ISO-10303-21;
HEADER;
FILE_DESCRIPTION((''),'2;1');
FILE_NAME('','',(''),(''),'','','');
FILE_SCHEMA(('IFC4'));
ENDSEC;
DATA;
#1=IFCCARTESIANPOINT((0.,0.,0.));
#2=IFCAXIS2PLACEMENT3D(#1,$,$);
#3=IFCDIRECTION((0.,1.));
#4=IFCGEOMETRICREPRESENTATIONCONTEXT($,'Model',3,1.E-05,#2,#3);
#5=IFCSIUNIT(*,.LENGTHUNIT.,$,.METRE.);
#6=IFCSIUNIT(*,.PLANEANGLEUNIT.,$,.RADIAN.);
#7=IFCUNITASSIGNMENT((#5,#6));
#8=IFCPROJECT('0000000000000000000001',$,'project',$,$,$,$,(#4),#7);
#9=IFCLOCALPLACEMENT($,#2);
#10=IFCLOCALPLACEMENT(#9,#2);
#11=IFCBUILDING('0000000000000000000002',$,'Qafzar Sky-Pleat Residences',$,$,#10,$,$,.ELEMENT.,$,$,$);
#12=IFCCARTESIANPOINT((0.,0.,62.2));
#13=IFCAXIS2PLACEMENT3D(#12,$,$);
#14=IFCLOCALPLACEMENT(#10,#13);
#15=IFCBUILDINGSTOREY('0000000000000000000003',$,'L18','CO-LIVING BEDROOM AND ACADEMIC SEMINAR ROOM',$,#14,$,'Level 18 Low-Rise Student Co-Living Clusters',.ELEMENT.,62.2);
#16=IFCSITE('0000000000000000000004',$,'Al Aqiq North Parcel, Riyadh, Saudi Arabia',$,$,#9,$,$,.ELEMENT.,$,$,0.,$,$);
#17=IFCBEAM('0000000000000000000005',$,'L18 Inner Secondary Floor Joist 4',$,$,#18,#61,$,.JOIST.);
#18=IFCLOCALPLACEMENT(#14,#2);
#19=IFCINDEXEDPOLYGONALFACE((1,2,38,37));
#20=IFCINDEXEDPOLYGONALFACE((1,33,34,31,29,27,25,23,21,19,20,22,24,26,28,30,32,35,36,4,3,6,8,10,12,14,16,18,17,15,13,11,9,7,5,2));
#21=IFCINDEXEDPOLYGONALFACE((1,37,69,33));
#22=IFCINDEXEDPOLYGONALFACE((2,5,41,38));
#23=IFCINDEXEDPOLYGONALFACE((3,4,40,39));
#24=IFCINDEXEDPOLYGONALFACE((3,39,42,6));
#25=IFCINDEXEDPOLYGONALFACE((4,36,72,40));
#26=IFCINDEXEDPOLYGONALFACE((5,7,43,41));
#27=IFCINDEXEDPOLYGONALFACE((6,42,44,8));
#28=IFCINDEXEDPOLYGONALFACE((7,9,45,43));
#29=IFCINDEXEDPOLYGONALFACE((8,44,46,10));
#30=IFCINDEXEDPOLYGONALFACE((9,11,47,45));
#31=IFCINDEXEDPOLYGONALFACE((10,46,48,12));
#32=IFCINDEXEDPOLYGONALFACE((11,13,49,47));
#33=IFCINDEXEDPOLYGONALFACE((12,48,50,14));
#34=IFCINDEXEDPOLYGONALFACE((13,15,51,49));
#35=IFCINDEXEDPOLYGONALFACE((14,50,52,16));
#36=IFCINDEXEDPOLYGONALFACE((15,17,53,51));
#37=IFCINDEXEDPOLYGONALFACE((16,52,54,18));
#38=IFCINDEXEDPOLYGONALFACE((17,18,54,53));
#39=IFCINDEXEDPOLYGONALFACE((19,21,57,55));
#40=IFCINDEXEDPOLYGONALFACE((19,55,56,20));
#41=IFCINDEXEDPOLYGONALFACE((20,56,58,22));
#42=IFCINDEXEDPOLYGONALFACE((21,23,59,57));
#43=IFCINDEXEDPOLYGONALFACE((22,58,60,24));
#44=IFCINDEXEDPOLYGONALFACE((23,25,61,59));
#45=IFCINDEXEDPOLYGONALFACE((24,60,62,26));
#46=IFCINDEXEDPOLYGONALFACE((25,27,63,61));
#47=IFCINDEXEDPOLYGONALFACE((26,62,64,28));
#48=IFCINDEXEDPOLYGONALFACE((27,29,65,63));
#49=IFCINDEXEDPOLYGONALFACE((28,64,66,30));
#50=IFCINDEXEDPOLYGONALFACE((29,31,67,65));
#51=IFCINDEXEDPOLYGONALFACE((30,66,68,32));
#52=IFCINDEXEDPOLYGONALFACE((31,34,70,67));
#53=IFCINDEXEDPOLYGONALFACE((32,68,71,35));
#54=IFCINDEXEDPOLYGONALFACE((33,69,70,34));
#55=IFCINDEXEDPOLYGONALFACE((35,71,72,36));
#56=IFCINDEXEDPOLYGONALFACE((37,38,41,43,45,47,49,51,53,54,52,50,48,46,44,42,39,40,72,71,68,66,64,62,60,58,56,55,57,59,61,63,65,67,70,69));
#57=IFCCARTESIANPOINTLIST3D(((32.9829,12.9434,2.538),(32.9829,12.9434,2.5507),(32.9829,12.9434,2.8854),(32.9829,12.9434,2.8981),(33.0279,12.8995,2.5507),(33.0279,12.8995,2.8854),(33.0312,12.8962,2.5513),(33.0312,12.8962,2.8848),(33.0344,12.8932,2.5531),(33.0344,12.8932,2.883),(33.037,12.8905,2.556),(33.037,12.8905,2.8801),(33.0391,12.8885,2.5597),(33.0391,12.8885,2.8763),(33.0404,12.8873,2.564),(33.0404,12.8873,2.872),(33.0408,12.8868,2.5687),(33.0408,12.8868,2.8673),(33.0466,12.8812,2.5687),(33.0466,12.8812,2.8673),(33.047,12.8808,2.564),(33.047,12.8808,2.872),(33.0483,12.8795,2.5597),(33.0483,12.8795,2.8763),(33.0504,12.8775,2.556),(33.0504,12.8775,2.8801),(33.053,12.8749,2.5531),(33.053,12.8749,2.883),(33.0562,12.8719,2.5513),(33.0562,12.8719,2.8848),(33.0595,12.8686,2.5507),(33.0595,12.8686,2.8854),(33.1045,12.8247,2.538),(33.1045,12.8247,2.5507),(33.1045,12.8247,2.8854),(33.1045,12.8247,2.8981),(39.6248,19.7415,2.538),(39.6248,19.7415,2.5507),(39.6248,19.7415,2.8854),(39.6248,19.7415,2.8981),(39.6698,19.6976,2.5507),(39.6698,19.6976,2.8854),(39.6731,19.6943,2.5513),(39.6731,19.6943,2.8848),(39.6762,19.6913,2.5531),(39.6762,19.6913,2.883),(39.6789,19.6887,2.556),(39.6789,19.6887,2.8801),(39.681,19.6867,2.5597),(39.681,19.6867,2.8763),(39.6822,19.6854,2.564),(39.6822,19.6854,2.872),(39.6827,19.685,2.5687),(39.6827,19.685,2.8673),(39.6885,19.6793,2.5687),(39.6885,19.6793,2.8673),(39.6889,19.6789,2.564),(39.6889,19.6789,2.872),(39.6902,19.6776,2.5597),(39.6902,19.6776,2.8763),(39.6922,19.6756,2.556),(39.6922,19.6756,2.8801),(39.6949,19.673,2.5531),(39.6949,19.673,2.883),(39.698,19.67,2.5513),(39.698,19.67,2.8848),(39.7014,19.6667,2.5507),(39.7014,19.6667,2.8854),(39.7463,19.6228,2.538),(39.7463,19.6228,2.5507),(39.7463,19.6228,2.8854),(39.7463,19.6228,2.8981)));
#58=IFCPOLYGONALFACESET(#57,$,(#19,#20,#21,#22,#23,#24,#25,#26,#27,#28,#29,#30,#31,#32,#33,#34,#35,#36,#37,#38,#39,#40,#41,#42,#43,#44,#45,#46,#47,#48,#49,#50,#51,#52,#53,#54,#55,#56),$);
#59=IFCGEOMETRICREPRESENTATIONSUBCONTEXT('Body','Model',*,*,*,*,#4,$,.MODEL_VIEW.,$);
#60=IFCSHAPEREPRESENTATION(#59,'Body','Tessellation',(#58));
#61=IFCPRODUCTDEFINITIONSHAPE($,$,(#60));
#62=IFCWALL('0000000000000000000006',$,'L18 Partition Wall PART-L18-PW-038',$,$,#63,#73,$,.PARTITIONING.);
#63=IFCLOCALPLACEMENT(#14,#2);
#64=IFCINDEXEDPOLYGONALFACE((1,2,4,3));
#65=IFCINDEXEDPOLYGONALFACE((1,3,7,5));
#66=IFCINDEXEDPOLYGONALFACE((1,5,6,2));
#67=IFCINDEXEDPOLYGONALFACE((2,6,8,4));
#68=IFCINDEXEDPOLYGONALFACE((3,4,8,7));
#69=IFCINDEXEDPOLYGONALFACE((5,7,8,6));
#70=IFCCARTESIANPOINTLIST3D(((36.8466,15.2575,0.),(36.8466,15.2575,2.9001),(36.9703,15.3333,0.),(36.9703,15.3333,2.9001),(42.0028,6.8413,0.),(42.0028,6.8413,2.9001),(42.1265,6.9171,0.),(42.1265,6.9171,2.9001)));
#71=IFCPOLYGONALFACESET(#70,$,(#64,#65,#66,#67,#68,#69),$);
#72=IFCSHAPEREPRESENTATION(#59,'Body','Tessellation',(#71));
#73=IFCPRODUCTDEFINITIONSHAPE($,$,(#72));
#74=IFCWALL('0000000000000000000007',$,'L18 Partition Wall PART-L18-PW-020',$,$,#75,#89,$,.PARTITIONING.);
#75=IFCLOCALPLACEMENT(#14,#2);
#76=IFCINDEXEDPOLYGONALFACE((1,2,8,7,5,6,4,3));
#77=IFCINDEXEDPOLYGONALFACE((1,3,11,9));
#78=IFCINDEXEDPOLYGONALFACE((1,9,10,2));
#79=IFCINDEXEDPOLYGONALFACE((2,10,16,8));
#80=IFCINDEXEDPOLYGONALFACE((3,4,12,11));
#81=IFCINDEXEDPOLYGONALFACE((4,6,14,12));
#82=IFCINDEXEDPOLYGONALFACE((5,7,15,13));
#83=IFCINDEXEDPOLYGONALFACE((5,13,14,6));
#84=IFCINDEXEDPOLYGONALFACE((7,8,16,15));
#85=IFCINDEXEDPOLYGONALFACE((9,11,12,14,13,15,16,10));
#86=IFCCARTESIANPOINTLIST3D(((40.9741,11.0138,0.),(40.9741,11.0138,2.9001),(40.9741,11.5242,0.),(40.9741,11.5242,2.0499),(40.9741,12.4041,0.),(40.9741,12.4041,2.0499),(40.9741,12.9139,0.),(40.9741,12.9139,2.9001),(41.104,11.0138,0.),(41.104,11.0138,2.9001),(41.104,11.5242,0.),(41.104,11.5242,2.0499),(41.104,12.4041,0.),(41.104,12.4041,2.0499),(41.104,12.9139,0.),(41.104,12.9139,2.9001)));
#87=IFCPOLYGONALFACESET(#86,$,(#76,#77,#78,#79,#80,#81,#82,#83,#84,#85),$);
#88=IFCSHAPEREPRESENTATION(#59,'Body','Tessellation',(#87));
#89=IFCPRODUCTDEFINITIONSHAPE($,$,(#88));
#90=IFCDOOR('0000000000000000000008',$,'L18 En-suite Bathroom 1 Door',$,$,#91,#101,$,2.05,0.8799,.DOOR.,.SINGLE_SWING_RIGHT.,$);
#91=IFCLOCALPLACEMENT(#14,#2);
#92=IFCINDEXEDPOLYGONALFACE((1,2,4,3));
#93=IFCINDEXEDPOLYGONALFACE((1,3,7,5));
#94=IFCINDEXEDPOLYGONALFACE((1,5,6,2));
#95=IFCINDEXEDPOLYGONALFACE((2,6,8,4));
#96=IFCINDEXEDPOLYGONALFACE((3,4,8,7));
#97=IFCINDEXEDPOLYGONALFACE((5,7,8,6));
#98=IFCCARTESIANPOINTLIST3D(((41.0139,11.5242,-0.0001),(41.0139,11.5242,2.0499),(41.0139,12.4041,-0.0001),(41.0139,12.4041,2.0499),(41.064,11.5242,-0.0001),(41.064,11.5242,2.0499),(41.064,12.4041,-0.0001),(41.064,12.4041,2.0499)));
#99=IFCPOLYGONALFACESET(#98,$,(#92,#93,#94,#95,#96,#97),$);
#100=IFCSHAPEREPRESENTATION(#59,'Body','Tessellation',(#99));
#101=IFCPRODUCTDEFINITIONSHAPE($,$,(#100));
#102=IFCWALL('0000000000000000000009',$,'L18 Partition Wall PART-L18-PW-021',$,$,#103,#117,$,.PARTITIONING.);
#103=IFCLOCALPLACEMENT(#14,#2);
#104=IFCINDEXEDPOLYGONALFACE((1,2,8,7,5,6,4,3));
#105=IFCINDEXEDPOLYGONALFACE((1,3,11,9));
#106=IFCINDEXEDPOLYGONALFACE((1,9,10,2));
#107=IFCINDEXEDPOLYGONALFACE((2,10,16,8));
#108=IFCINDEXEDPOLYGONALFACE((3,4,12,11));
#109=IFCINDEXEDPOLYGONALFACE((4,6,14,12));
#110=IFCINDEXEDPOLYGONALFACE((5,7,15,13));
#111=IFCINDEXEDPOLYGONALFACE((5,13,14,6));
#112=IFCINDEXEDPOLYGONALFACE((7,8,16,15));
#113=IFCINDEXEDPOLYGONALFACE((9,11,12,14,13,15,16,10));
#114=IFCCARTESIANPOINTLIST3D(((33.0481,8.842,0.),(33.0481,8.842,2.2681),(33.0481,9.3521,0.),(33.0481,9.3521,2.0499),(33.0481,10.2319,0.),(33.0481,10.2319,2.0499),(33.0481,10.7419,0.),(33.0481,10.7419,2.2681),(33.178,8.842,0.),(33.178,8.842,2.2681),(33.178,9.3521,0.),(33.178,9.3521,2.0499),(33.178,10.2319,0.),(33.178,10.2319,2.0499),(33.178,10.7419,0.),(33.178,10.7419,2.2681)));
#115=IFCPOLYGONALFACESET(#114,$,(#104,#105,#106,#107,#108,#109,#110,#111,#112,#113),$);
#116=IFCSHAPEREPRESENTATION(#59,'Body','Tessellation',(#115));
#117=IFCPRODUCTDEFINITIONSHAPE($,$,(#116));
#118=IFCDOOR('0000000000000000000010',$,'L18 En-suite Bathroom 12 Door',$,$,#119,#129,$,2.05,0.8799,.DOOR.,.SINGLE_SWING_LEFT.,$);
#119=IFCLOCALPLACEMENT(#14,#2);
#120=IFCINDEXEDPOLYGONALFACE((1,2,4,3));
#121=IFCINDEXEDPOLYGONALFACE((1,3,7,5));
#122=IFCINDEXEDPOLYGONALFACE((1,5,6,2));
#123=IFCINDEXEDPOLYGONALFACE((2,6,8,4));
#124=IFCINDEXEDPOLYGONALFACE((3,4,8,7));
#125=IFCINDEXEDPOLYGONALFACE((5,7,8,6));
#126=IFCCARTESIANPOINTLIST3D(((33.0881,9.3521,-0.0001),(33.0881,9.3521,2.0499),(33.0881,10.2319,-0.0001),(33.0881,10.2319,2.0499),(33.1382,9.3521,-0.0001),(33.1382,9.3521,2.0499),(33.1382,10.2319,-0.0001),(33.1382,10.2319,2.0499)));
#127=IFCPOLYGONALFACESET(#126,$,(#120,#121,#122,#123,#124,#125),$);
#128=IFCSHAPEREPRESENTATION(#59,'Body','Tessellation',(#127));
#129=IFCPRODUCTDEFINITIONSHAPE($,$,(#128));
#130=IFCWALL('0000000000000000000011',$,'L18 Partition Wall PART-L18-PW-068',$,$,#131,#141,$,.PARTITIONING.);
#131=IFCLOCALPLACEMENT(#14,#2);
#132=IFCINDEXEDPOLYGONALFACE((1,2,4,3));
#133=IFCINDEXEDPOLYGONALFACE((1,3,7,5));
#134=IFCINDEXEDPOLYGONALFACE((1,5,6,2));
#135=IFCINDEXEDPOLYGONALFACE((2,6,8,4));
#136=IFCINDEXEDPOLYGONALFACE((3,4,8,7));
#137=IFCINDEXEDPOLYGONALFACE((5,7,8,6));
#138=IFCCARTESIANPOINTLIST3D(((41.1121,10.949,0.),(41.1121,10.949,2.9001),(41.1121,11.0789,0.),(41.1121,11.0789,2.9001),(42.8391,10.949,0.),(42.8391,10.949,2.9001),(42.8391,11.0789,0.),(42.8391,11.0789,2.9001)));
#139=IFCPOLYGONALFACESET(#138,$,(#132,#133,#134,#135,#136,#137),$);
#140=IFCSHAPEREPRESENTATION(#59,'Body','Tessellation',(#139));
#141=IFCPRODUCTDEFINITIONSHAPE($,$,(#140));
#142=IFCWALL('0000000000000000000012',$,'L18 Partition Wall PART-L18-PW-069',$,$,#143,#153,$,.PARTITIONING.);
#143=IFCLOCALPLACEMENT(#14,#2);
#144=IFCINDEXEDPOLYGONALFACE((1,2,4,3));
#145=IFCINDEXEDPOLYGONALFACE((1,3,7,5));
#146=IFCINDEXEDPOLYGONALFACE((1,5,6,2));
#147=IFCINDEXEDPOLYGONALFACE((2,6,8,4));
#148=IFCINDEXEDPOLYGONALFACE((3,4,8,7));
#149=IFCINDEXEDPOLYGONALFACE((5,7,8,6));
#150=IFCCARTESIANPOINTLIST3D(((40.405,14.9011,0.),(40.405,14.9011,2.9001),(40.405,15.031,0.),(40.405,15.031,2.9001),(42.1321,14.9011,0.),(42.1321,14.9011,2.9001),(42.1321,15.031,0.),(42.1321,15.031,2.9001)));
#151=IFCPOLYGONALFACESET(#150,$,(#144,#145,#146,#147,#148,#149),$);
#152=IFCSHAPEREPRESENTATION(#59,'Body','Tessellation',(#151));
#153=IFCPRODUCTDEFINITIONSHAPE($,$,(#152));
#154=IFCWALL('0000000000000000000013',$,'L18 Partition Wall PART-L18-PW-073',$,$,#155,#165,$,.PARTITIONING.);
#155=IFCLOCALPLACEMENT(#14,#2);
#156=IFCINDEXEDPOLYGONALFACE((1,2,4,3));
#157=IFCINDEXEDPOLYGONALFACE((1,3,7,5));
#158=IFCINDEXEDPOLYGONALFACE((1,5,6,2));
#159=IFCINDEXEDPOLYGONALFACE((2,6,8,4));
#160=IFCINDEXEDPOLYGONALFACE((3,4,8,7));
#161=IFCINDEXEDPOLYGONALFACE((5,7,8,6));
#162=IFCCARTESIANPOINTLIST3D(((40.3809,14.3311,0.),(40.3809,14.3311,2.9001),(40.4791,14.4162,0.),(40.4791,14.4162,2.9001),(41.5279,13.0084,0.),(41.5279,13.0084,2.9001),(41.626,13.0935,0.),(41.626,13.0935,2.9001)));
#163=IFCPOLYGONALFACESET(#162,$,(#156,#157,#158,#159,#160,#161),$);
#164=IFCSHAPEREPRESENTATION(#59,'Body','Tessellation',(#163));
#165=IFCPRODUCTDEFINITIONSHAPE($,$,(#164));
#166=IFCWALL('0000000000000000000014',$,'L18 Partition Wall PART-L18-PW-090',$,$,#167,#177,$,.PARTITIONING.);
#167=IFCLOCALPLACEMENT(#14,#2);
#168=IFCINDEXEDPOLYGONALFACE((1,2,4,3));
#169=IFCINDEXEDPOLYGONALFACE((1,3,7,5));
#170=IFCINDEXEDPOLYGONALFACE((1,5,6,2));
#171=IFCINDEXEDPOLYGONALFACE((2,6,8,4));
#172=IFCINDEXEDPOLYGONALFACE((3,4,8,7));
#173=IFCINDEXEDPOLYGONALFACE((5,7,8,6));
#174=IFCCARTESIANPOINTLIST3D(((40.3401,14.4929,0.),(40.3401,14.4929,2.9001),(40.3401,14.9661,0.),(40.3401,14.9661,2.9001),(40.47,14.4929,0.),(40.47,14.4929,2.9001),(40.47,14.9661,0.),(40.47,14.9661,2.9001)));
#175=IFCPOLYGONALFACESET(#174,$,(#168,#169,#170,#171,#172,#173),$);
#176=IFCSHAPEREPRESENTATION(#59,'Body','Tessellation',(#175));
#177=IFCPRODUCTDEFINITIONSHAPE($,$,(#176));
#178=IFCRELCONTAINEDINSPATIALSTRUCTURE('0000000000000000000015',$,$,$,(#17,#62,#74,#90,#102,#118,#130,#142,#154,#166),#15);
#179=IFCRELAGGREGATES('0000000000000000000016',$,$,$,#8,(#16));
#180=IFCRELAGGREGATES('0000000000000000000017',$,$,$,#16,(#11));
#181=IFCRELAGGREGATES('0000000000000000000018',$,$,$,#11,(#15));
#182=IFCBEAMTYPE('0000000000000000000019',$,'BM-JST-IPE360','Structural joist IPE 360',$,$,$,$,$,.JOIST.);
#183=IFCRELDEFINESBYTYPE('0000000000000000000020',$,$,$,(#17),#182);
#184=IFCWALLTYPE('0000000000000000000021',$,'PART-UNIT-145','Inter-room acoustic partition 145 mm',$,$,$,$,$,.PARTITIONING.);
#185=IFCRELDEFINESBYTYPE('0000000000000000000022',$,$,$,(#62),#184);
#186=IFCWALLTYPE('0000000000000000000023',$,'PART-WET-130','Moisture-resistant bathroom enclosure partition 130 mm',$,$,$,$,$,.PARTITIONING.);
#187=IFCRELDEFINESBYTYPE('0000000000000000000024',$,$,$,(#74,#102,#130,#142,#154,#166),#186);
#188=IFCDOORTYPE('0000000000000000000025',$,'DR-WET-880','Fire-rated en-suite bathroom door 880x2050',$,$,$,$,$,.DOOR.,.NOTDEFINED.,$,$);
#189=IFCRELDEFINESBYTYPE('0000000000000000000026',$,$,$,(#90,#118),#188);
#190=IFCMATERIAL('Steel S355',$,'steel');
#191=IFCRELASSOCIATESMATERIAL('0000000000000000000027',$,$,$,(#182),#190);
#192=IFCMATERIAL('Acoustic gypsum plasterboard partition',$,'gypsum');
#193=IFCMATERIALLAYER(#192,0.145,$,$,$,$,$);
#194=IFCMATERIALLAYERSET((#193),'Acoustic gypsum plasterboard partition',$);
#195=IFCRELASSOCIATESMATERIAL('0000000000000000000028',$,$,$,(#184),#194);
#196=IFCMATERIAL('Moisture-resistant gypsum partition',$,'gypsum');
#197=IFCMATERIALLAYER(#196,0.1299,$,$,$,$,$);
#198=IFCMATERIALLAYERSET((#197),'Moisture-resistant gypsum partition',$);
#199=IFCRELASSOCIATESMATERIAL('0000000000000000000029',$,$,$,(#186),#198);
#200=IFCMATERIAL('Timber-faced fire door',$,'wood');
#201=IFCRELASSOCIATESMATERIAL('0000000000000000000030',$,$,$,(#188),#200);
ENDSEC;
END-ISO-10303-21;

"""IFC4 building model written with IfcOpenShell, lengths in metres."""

from ifc_helpers import new_model, si_unit, direction, frame, frame_2d, origin, origin_2d, place, context, subcontext, project, spatial, rectangle, i_section, extrude, source, transform, mapped, material, layer, layer_set, material_profile, profile_set, type_object, element, fill, save


model = new_model("IFC4")

# Units and contexts
model_context = context("Model", 3, precision=1e-05, world=origin(), true_north=direction((0.0, 1.0)))
body_context = subcontext(model_context, "Body", "Model", "MODEL_VIEW")
ifc_project = project(units=[si_unit("LENGTHUNIT", "METRE"), si_unit("PLANEANGLEUNIT", "RADIAN")], contexts=[model_context])

# Site, building, storey
site_placement = place(None, origin())
site = spatial("IfcSite", under=ifc_project, at=site_placement, Name="Al Aqiq North Parcel, Riyadh, Saudi Arabia", CompositionType="ELEMENT", RefElevation=0.0)
building_placement = place(site_placement, origin())
building = spatial("IfcBuilding", under=site, at=building_placement, Name="Qafzar Sky-Pleat Residences", CompositionType="ELEMENT")
storey_placement = place(building_placement, frame((0.0, 0.0, 62.2)))
storey = spatial("IfcBuildingStorey", under=building, at=storey_placement, Name="L18", Description="CO-LIVING BEDROOM AND ACADEMIC SEMINAR ROOM", LongName="Level 18 Low-Rise Student Co-Living Clusters", CompositionType="ELEMENT", Elevation=62.2)

# Beam
ifc_material_1 = material(Name="Steel S355", Category="steel")
ifc_material_profile_1 = material_profile(ifc_material_1, i_section(OverallWidth=0.1699, OverallDepth=0.3601, WebThickness=0.0081, FlangeThickness=0.0127, FilletRadius=0.0181, at=origin_2d()), Name="IPE 360")
ifc_profile_set_1 = profile_set([ifc_material_profile_1], Name="Steel S355")
beam_type_1 = type_object("IfcBeamType", Name="BM-JST-IPE360", Description="Structural joist IPE 360", PredefinedType="JOIST", material=ifc_profile_set_1)
shared_shape_1 = source(origin(), body_context, "Body", "SweptSolid", [
    extrude(i_section(OverallWidth=0.1699, OverallDepth=0.3601, WebThickness=0.0081, FlangeThickness=0.0127, FilletRadius=0.0181, at=origin_2d()), origin(), (0.0, 0.0, 1.0), 9.5042),
])
beam_1_placement = place(storey_placement, frame((33.0437, 12.884, 2.718), z_axis=(0.698839, 0.715279, 0.0), x_axis=(-0.715279, 0.698839, 0.0)))
element("IfcBeam", 1, at=beam_1_placement, inside=storey, type_object=beam_type_1, Name="L18 Inner Secondary Floor Joist 4", PredefinedType="JOIST", context=body_context, shape_type="MappedRepresentation", body=[
    mapped(shared_shape_1, transform((0.0, 0.0, 0.0), x_axis=(1.0, 0.0, 0.0), y_axis=(0.0, 1.0, 0.0), z_axis=(0.0, 0.0, 1.0), scale=1.0)),
])

# Wall
ifc_material_2 = material(Name="Acoustic gypsum plasterboard partition", Category="gypsum")
ifc_layer_1 = layer(ifc_material_2, 0.145)
ifc_layer_set_1 = layer_set([ifc_layer_1], Name="Acoustic gypsum plasterboard partition")
wall_type_1 = type_object("IfcWallType", Name="PART-UNIT-145", Description="Inter-room acoustic partition 145 mm", PredefinedType="PARTITIONING", material=ifc_layer_set_1)
wall_1_placement = place(storey_placement, frame((36.9084, 15.2954, 0.0), z_axis=(0.0, 0.0, 1.0), x_axis=(0.522407, -0.852696, 0.0)))
element("IfcWall", 2, at=wall_1_placement, inside=storey, type_object=wall_type_1, Name="L18 Partition Wall PART-L18-PW-038", PredefinedType="PARTITIONING", context=body_context, shape_type="SweptSolid", body=[
    extrude(rectangle(XDim=9.8701, YDim=0.145, at=frame_2d((4.9351, 0.0))), origin(), (0.0, 0.0, 1.0), 2.9001),
])

# Walls, openings, doors
ifc_material_3 = material(Name="Moisture-resistant gypsum partition", Category="gypsum")
ifc_layer_2 = layer(ifc_material_3, 0.1299)
ifc_layer_set_2 = layer_set([ifc_layer_2], Name="Moisture-resistant gypsum partition")
wall_type_2 = type_object("IfcWallType", Name="PART-WET-130", Description="Moisture-resistant bathroom enclosure partition 130 mm", PredefinedType="PARTITIONING", material=ifc_layer_set_2)
wall_2_placement = place(storey_placement, frame((41.0391, 12.9141, 0.0), z_axis=(0.0, 0.0, 1.0), x_axis=(0.0, -1.0, 0.0)))
wall_2 = element("IfcWall", 3, at=wall_2_placement, inside=storey, type_object=wall_type_2, Name="L18 Partition Wall PART-L18-PW-020", PredefinedType="PARTITIONING", context=body_context, shape_type="SweptSolid", body=[
    extrude(rectangle(XDim=1.9001, YDim=0.1299, at=frame_2d((0.9502, 0.0))), origin(), (0.0, 0.0, 1.0), 2.9001),
])
opening_1_placement = place(wall_2_placement, frame((0.51, 0.0, 0.0)))
opening_1 = element("IfcOpeningElement", 4, at=opening_1_placement, cuts=wall_2, PredefinedType="OPENING", context=body_context, shape_type="SweptSolid", body=[
    extrude(rectangle(XDim=0.8799, YDim=2.05, at=frame_2d((0.4399, 1.0249))), frame((0.0, 0.075, 0.0), z_axis=(0.0, -1.0, 0.0), x_axis=(1.0, 0.0, 0.0)), (0.0, 0.0, 1.0), 0.1499),
])
ifc_material_4 = material(Name="Timber-faced fire door", Category="wood")
door_type = type_object("IfcDoorType", Name="DR-WET-880", Description="Fire-rated en-suite bathroom door 880x2050", OperationType="NOTDEFINED", PredefinedType="DOOR", material=ifc_material_4)
shared_shape_2 = source(origin(), body_context, "Body", "SweptSolid", [
    extrude(rectangle(XDim=0.8799, YDim=2.05, at=frame_2d((0.4399, 1.0249))), frame((0.0, 0.0249, 0.0), z_axis=(0.0, -1.0, 0.0), x_axis=(1.0, 0.0, 0.0)), (0.0, 0.0, 1.0), 0.05),
])
door_1_placement = place(opening_1_placement, origin())
door_1 = element("IfcDoor", 5, at=door_1_placement, inside=storey, type_object=door_type, Name="L18 En-suite Bathroom 1 Door", OperationType="SINGLE_SWING_RIGHT", OverallHeight=2.05, OverallWidth=0.8799, PredefinedType="DOOR", context=body_context, shape_type="MappedRepresentation", body=[
    mapped(shared_shape_2, transform((0.0, 0.0, 0.0), x_axis=(1.0, 0.0, 0.0), y_axis=(0.0, 1.0, 0.0), z_axis=(0.0, 0.0, 1.0), scale=1.0)),
])
fill(opening_1, door_1)
wall_3_placement = place(storey_placement, frame((33.113, 8.842, 0.0), z_axis=(0.0, 0.0, 1.0), x_axis=(0.0, 1.0, 0.0)))
wall_3 = element("IfcWall", 6, at=wall_3_placement, inside=storey, type_object=wall_type_2, Name="L18 Partition Wall PART-L18-PW-021", PredefinedType="PARTITIONING", context=body_context, shape_type="SweptSolid", body=[
    extrude(rectangle(XDim=1.8999, YDim=0.1299, at=frame_2d((0.95, 0.0))), origin(), (0.0, 0.0, 1.0), 2.2681),
])
opening_2_placement = place(wall_3_placement, frame((0.51, 0.0, 0.0)))
opening_2 = element("IfcOpeningElement", 7, at=opening_2_placement, cuts=wall_3, PredefinedType="OPENING", context=body_context, shape_type="SweptSolid", body=[
    extrude(rectangle(XDim=0.8799, YDim=2.05, at=frame_2d((0.4399, 1.0249))), frame((0.0, 0.075, 0.0), z_axis=(0.0, -1.0, 0.0), x_axis=(1.0, 0.0, 0.0)), (0.0, 0.0, 1.0), 0.1499),
])
door_2_placement = place(opening_2_placement, origin())
door_2 = element("IfcDoor", 8, at=door_2_placement, inside=storey, type_object=door_type, Name="L18 En-suite Bathroom 12 Door", OperationType="SINGLE_SWING_LEFT", OverallHeight=2.05, OverallWidth=0.8799, PredefinedType="DOOR", context=body_context, shape_type="MappedRepresentation", body=[
    mapped(shared_shape_2, transform((0.0, 0.0, 0.0), x_axis=(1.0, 0.0, 0.0), y_axis=(0.0, 1.0, 0.0), z_axis=(0.0, 0.0, 1.0), scale=1.0)),
])
fill(opening_2, door_2)

# Walls
for number, where, z_axis, x_axis, name in (
    (9, (41.1121, 11.0139, 0.0), (0.0, 0.0, 1.0), (1.0, 0.0, 0.0), "L18 Partition Wall PART-L18-PW-068"),
    (10, (40.405, 14.9661, 0.0), (0.0, 0.0, 1.0), (1.0, 0.0, 0.0), "L18 Partition Wall PART-L18-PW-069"),
):
    element("IfcWall", number, at=place(storey_placement, frame(where, z_axis=z_axis, x_axis=x_axis)), inside=storey, type_object=wall_type_2, Name=name, PredefinedType="PARTITIONING", context=body_context, shape_type="SweptSolid", body=[
        extrude(rectangle(XDim=1.7271, YDim=0.1299, at=frame_2d((0.8635, 0.0))), origin(), (0.0, 0.0, 1.0), 2.9001),
    ])
wall_4_placement = place(storey_placement, frame((40.4299, 14.3738, 0.0), z_axis=(0.0, 0.0, 1.0), x_axis=(0.655122, -0.755523, 0.0)))
element("IfcWall", 11, at=wall_4_placement, inside=storey, type_object=wall_type_2, Name="L18 Partition Wall PART-L18-PW-073", PredefinedType="PARTITIONING", context=body_context, shape_type="SweptSolid", body=[
    extrude(rectangle(XDim=1.7507, YDim=0.1299, at=frame_2d((0.8755, 0.0))), origin(), (0.0, 0.0, 1.0), 2.9001),
])
wall_5_placement = place(storey_placement, frame((40.405, 14.4929, 0.0), z_axis=(0.0, 0.0, 1.0), x_axis=(0.0, 1.0, 0.0)))
element("IfcWall", 12, at=wall_5_placement, inside=storey, type_object=wall_type_2, Name="L18 Partition Wall PART-L18-PW-090", PredefinedType="PARTITIONING", context=body_context, shape_type="SweptSolid", body=[
    extrude(rectangle(XDim=0.4731, YDim=0.1299, at=frame_2d((0.2366, 0.0))), origin(), (0.0, 0.0, 1.0), 2.9001),
])

save(model, "model.ifc")
